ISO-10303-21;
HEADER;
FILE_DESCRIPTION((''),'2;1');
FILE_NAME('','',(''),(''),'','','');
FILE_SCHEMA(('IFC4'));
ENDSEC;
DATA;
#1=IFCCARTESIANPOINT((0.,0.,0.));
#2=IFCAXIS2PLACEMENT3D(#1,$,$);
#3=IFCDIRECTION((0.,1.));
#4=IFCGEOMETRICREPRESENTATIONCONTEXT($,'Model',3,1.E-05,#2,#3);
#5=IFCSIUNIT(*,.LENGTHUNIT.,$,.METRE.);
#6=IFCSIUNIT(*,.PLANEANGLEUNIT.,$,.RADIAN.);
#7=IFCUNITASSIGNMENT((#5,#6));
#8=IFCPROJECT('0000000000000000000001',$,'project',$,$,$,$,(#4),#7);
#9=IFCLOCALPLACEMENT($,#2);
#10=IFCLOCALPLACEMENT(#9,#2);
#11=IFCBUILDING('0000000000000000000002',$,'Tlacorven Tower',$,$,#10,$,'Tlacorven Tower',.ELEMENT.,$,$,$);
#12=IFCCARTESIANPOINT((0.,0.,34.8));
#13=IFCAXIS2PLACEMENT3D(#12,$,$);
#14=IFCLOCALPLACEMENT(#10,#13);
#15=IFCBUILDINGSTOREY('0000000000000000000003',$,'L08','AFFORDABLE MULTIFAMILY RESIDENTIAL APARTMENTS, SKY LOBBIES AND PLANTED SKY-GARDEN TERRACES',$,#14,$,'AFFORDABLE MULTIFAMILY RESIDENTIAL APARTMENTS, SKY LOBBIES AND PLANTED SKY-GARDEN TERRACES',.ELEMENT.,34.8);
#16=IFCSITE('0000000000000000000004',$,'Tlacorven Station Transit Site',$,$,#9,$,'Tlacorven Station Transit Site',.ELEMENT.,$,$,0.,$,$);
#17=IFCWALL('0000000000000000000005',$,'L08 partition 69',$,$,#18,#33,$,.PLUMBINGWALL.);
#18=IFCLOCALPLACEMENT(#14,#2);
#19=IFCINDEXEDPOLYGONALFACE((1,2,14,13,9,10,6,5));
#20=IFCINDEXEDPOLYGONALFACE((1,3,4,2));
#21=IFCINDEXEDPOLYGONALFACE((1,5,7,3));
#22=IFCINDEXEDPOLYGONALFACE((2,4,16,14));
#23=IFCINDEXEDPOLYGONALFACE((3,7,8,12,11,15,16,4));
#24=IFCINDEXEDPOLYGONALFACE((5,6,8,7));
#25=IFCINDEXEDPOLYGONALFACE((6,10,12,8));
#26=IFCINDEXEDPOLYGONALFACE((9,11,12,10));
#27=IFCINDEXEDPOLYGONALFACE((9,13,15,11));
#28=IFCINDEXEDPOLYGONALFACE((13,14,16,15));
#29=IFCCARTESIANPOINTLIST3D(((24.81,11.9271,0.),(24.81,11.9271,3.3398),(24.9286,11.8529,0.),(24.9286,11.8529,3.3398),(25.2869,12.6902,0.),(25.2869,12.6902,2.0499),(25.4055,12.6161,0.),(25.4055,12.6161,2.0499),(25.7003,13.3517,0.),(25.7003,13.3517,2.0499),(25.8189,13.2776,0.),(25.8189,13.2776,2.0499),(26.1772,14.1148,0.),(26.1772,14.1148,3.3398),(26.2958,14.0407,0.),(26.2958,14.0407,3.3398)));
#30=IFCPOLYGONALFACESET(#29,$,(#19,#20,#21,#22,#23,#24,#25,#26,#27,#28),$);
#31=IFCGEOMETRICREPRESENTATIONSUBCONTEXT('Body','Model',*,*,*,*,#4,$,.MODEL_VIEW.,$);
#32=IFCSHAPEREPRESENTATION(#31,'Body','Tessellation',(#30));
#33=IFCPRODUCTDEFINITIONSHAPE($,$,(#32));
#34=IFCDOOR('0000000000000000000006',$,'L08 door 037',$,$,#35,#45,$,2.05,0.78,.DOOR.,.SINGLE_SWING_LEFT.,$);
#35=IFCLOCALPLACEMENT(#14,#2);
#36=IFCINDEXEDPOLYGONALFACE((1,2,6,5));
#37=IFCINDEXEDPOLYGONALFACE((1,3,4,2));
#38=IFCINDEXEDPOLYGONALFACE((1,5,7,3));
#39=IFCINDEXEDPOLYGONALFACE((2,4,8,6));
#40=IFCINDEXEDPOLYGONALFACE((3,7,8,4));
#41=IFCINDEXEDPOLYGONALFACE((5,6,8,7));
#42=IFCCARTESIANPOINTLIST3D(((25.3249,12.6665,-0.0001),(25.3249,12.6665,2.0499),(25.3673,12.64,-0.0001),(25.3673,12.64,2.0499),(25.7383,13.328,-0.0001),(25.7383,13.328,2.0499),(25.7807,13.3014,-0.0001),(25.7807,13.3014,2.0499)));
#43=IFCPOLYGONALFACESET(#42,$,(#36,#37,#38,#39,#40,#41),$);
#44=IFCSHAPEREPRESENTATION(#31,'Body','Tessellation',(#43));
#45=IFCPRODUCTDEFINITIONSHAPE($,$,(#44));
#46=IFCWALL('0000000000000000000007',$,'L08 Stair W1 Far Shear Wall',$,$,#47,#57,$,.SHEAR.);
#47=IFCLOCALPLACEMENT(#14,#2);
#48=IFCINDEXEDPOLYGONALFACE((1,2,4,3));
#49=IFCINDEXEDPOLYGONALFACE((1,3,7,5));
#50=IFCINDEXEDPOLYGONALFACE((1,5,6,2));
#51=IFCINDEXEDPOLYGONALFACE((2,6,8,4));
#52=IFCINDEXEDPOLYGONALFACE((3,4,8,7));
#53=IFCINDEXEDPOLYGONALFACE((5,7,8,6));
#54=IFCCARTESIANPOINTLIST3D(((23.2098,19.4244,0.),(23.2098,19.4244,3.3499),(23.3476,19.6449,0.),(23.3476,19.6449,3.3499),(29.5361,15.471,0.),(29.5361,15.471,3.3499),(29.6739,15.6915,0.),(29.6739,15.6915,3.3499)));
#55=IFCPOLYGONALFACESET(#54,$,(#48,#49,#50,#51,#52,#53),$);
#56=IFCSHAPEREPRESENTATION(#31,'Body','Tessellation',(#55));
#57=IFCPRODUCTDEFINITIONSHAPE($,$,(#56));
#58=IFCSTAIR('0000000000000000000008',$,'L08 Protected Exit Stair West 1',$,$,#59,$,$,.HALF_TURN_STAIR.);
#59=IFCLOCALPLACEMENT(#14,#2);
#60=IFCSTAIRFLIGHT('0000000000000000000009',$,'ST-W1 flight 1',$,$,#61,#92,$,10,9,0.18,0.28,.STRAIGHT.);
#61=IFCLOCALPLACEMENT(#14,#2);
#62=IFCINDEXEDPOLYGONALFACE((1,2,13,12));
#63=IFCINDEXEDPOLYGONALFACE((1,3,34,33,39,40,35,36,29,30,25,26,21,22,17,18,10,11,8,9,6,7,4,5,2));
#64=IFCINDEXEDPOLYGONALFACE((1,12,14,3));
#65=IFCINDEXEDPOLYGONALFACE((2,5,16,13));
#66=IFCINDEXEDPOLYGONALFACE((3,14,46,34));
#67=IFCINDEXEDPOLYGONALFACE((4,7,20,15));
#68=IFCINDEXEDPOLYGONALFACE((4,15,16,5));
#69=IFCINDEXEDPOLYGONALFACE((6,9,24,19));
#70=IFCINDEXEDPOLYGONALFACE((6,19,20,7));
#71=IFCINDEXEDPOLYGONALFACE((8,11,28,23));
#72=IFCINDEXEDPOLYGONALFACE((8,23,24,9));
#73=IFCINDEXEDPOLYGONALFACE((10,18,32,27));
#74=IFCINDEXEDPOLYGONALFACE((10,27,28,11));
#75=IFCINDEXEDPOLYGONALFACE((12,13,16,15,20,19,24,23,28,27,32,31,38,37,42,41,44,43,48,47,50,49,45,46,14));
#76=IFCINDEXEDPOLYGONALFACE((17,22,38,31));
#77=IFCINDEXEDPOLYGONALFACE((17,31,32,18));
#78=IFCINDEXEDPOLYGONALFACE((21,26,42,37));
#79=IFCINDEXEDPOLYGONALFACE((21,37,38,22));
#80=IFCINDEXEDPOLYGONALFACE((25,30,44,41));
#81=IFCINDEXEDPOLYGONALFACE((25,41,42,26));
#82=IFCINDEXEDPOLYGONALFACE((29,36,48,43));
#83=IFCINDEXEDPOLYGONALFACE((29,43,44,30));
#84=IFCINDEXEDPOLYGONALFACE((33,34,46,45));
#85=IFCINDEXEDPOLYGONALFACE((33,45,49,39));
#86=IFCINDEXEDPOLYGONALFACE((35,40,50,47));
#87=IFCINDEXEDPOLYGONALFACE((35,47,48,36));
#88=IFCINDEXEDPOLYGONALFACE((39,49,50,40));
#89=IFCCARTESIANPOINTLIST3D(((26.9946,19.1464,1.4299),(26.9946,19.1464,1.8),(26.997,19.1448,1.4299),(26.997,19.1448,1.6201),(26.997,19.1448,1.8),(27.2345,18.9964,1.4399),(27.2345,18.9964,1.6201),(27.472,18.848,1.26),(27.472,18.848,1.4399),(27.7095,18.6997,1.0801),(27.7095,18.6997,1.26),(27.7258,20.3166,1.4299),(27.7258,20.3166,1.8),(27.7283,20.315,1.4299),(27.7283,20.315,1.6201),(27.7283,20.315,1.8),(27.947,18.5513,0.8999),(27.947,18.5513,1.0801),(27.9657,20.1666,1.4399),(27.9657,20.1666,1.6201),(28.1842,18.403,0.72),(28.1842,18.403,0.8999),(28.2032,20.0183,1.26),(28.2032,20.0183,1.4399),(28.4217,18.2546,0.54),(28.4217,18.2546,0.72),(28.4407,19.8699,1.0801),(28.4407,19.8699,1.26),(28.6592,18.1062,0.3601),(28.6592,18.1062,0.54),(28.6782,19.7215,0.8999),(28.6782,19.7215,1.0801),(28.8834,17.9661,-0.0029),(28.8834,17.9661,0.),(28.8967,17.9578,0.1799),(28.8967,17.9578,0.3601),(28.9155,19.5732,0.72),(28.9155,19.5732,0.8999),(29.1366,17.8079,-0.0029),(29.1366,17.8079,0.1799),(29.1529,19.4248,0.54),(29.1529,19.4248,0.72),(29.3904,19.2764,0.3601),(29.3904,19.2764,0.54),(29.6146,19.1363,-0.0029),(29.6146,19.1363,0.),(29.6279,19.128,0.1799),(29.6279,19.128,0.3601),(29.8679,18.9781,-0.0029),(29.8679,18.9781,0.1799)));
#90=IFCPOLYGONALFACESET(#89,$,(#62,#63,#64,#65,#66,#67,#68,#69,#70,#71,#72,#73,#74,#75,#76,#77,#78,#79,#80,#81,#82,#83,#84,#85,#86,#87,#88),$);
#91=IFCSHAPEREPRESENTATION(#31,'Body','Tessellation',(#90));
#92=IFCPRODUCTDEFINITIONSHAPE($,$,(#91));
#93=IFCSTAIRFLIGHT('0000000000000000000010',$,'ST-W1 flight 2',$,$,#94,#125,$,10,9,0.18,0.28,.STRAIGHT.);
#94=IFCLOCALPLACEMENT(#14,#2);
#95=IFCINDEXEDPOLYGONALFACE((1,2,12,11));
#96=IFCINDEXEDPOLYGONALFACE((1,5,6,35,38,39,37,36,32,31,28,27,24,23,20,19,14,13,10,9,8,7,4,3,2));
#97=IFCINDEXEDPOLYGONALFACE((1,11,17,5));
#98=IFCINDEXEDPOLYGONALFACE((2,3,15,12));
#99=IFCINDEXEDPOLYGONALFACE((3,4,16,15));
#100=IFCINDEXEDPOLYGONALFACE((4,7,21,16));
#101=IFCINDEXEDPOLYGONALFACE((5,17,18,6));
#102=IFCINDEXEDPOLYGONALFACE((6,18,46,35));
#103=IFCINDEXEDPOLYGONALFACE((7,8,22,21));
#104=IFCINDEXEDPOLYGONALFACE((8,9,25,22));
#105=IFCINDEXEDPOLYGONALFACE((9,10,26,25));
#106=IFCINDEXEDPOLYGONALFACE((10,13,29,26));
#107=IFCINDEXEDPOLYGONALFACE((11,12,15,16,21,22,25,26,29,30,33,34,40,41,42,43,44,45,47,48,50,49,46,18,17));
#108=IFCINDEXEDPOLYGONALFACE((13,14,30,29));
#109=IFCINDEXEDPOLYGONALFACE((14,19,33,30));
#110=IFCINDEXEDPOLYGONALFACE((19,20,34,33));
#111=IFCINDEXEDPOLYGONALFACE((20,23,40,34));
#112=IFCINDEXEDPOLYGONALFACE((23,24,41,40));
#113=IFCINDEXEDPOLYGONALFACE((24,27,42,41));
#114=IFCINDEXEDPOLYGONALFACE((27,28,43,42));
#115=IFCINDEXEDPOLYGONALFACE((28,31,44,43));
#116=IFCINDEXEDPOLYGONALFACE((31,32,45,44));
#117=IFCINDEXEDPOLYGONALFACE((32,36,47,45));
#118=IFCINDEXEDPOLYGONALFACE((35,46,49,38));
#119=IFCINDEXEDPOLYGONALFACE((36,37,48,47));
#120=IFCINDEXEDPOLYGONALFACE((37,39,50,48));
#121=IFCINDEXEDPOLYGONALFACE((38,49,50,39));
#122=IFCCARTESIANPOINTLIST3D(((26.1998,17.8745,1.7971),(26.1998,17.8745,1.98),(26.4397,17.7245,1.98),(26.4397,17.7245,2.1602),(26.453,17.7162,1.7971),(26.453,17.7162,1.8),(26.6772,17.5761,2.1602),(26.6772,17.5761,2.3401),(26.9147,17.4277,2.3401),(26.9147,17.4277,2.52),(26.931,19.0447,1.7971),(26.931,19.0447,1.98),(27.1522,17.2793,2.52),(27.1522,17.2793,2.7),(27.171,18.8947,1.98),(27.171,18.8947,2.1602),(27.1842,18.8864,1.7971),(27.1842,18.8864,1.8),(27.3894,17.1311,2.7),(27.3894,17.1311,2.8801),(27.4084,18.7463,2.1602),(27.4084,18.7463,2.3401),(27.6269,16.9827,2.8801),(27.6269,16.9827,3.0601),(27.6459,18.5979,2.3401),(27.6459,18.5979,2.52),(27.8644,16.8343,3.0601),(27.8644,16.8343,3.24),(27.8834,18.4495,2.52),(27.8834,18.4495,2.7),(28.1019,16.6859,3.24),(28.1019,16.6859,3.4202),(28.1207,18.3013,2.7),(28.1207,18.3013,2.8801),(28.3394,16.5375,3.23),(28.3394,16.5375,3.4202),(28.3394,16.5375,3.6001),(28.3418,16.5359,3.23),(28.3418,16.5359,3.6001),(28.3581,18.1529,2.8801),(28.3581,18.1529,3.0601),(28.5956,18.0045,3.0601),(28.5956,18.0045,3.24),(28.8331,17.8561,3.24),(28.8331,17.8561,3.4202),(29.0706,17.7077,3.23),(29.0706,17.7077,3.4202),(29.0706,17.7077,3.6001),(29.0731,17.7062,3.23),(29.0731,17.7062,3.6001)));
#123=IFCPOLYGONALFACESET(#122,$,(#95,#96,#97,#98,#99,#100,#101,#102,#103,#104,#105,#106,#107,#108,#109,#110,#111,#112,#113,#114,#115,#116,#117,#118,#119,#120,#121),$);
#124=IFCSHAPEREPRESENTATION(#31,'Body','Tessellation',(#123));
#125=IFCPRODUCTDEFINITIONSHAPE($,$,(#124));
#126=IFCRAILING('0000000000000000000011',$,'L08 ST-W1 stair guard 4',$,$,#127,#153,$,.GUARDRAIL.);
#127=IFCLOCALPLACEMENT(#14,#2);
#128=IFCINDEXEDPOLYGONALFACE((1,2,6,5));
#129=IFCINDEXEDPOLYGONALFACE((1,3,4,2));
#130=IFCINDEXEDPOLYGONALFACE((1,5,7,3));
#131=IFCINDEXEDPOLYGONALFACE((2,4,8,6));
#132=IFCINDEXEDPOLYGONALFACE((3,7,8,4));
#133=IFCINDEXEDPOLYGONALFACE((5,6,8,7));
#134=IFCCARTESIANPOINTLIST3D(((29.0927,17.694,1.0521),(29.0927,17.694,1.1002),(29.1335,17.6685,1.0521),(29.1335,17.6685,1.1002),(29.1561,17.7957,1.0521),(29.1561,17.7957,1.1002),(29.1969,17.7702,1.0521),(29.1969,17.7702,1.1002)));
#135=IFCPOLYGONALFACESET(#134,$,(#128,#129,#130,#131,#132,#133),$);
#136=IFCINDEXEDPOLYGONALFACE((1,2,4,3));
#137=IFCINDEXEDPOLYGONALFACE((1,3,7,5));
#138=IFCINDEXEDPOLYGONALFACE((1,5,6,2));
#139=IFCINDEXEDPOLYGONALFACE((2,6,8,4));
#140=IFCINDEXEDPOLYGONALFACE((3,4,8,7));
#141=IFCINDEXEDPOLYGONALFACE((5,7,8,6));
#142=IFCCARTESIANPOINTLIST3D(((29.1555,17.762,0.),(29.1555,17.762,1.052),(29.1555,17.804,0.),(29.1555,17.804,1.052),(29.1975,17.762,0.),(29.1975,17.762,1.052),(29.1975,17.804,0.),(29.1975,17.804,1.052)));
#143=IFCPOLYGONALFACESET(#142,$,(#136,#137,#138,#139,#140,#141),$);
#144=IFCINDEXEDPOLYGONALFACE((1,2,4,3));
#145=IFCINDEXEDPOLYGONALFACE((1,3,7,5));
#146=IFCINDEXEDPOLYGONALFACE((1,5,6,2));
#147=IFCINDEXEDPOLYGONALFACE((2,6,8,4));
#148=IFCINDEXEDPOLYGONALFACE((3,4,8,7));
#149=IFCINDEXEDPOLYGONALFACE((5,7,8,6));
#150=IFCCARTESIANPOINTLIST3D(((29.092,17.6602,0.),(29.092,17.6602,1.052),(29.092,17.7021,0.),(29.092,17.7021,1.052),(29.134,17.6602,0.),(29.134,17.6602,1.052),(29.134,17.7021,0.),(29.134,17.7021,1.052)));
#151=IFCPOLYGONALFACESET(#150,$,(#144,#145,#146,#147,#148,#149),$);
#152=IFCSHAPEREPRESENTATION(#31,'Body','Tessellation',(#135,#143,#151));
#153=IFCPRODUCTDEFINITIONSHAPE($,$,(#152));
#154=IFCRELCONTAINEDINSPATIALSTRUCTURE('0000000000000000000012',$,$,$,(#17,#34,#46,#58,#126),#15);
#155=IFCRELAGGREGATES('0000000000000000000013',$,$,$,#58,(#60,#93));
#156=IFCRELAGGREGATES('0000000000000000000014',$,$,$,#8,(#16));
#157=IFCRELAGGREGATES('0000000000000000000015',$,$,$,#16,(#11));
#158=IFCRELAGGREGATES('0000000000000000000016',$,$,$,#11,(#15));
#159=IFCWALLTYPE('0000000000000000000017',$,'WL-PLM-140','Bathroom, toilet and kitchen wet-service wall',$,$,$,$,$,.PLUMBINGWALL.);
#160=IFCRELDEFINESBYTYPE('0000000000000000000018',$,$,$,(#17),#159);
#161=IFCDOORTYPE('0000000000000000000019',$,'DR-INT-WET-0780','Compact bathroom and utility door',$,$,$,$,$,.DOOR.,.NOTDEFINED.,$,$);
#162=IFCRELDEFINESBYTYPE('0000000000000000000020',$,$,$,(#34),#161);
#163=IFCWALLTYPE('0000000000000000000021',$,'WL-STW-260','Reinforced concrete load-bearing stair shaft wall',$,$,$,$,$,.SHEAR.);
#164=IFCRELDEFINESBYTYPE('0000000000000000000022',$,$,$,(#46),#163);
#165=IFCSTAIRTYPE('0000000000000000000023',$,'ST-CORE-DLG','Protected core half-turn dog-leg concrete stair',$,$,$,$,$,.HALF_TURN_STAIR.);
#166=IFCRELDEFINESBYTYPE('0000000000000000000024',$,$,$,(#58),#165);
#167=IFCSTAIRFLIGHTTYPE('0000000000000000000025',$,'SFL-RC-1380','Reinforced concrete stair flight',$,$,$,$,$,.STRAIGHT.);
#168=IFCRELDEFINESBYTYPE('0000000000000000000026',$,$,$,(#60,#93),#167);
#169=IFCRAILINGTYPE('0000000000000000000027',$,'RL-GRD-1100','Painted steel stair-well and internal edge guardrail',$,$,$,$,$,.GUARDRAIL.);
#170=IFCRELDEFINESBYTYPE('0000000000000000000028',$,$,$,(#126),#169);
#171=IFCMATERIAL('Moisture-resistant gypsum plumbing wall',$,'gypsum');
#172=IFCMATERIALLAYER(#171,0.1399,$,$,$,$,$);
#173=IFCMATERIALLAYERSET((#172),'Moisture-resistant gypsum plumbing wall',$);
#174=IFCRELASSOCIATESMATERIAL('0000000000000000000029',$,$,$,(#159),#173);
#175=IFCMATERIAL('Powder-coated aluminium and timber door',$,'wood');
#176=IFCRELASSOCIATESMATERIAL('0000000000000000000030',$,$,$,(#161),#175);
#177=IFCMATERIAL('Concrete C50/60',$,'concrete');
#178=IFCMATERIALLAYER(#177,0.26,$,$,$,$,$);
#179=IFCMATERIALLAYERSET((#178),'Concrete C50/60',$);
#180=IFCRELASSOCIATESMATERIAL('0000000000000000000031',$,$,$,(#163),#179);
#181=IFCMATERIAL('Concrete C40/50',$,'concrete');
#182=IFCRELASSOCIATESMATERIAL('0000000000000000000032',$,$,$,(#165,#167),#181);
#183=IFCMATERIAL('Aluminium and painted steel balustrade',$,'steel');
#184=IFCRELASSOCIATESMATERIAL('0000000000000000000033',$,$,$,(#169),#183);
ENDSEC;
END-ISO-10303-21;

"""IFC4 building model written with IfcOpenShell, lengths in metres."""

from ifc_helpers import new_model, si_unit, direction, frame, frame_2d, origin, origin_2d, place, context, subcontext, project, spatial, polyline, rectangle, outline, extrude, source, transform, mapped, material, layer, layer_set, type_object, element, fill, aggregate, save


model = new_model("IFC4")

# Units and contexts
model_context = context("Model", 3, precision=1e-05, world=origin(), true_north=direction((0.0, 1.0)))
body_context = subcontext(model_context, "Body", "Model", "MODEL_VIEW")
ifc_project = project(units=[si_unit("LENGTHUNIT", "METRE"), si_unit("PLANEANGLEUNIT", "RADIAN")], contexts=[model_context])

# Site, building, storey
site_placement = place(None, origin())
site = spatial("IfcSite", under=ifc_project, at=site_placement, Name="Tlacorven Station Transit Site", LongName="Tlacorven Station Transit Site", CompositionType="ELEMENT", RefElevation=0.0)
building_placement = place(site_placement, origin())
building = spatial("IfcBuilding", under=site, at=building_placement, Name="Tlacorven Tower", LongName="Tlacorven Tower", CompositionType="ELEMENT")
storey_placement = place(building_placement, frame((0.0, 0.0, 34.8)))
storey = spatial("IfcBuildingStorey", under=building, at=storey_placement, Name="L08", Description="AFFORDABLE MULTIFAMILY RESIDENTIAL APARTMENTS, SKY LOBBIES AND PLANTED SKY-GARDEN TERRACES", LongName="AFFORDABLE MULTIFAMILY RESIDENTIAL APARTMENTS, SKY LOBBIES AND PLANTED SKY-GARDEN TERRACES", CompositionType="ELEMENT", Elevation=34.8)

# Wall, opening, door
ifc_material_1 = material(Name="Moisture-resistant gypsum plumbing wall", Category="gypsum")
ifc_layer_1 = layer(ifc_material_1, 0.1399)
ifc_layer_set_1 = layer_set([ifc_layer_1], Name="Moisture-resistant gypsum plumbing wall")
wall_type_1 = type_object("IfcWallType", Name="WL-PLM-140", Description="Bathroom, toilet and kitchen wet-service wall", PredefinedType="PLUMBINGWALL", material=ifc_layer_set_1)
wall_1_placement = place(storey_placement, frame((26.2366, 14.0779, 0.0), z_axis=(0.0, 0.0, 1.0), x_axis=(-0.529956, -0.848025, 0.0)))
wall_1 = element("IfcWall", 1, at=wall_1_placement, inside=storey, type_object=wall_type_1, Name="L08 partition 69", PredefinedType="PLUMBINGWALL", context=body_context, shape_type="SweptSolid", body=[
    extrude(rectangle(XDim=2.5798, YDim=0.1399, at=frame_2d((1.29, 0.0))), origin(), (0.0, 0.0, 1.0), 3.3398),
])
opening_placement = place(wall_1_placement, frame((0.8999, 0.0, 0.0)))
opening = element("IfcOpeningElement", 2, at=opening_placement, cuts=wall_1, PredefinedType="OPENING", context=body_context, shape_type="SweptSolid", body=[
    extrude(rectangle(XDim=0.78, YDim=2.05, at=frame_2d((0.3901, 1.0249))), frame((0.0, 0.0801, 0.0), z_axis=(0.0, -1.0, 0.0), x_axis=(1.0, 0.0, 0.0)), (0.0, 0.0, 1.0), 0.1599),
])
ifc_material_2 = material(Name="Powder-coated aluminium and timber door", Category="wood")
door_type = type_object("IfcDoorType", Name="DR-INT-WET-0780", Description="Compact bathroom and utility door", OperationType="NOTDEFINED", PredefinedType="DOOR", material=ifc_material_2)
shared_shape_1 = source(origin(), body_context, "Body", "SweptSolid", [
    extrude(rectangle(XDim=0.78, YDim=2.05, at=frame_2d((0.3901, 1.0249))), frame((0.0, 0.0249, 0.0), z_axis=(0.0, -1.0, 0.0), x_axis=(1.0, 0.0, 0.0)), (0.0, 0.0, 1.0), 0.05),
])
door_placement = place(opening_placement, origin())
door = element("IfcDoor", 3, at=door_placement, inside=storey, type_object=door_type, Name="L08 door 037", OperationType="SINGLE_SWING_LEFT", OverallHeight=2.05, OverallWidth=0.78, PredefinedType="DOOR", context=body_context, shape_type="MappedRepresentation", body=[
    mapped(shared_shape_1, transform((0.0, 0.0, 0.0), scale=1.0)),
])
fill(opening, door)

# Wall
ifc_material_3 = material(Name="Concrete C50/60", Category="concrete")
ifc_layer_2 = layer(ifc_material_3, 0.26)
ifc_layer_set_2 = layer_set([ifc_layer_2], Name="Concrete C50/60")
wall_type_2 = type_object("IfcWallType", Name="WL-STW-260", Description="Reinforced concrete load-bearing stair shaft wall", PredefinedType="SHEAR", material=ifc_layer_set_2)
wall_2_placement = place(storey_placement, frame((29.605, 15.5813, 0.0), z_axis=(0.0, 0.0, 1.0), x_axis=(-0.848037, 0.529937, 0.0)))
element("IfcWall", 4, at=wall_2_placement, inside=storey, type_object=wall_type_2, Name="L08 Stair W1 Far Shear Wall", PredefinedType="SHEAR", context=body_context, shape_type="SweptSolid", body=[
    extrude(rectangle(XDim=7.46, YDim=0.26, at=frame_2d((3.73, 0.0))), origin(), (0.0, 0.0, 1.0), 3.3499),
])

# Stair, stair flights
ifc_material_4 = material(Name="Concrete C40/50", Category="concrete")
stair_type = type_object("IfcStairType", Name="ST-CORE-DLG", Description="Protected core half-turn dog-leg concrete stair", PredefinedType="HALF_TURN_STAIR", material=ifc_material_4)
stair_placement = place(storey_placement, origin())
stair = element("IfcStair", 5, at=stair_placement, inside=storey, type_object=stair_type, Name="L08 Protected Exit Stair West 1", PredefinedType="HALF_TURN_STAIR")
stair_flight_type = type_object("IfcStairFlightType", Name="SFL-RC-1380", Description="Reinforced concrete stair flight", PredefinedType="STRAIGHT", material=ifc_material_4)
shared_shape_2 = source(origin(), body_context, "Body", "SweptSolid", [
    extrude(outline(polyline([(-0.0029, -0.0029), (-0.0029, 0.1799), (0.28, 0.1799), (0.28, 0.3601), (0.5601, 0.3601), (0.5601, 0.54), (0.8401, 0.54), (0.8401, 0.72), (1.1201, 0.72), (1.1201, 0.8999), (1.3999, 0.8999), (1.3999, 1.0801), (1.6799, 1.0801), (1.6799, 1.26), (1.96, 1.26), (1.96, 1.4399), (2.24, 1.4399), (2.24, 1.6201), (2.52, 1.6201), (2.52, 1.8), (2.5229, 1.8), (2.5229, 1.4299), (2.52, 1.4299), (0.2957, 0.0), (0.2957, -0.0029), (-0.0029, -0.0029)])), frame((0.0, 0.6899, 0.0), z_axis=(0.0, -1.0, 0.0), x_axis=(1.0, 0.0, 0.0)), (0.0, 0.0, 1.0), 1.3799),
])
stair_flight_1_placement = place(storey_placement, frame((29.4998, 18.3945, 0.0), z_axis=(0.0, 0.0, 1.0), x_axis=(-0.848048, 0.529919, 0.0)))
stair_flight_1 = element("IfcStairFlight", 6, at=stair_flight_1_placement, type_object=stair_flight_type, Name="ST-W1 flight 1", NumberOfRisers=10, NumberOfTreads=9, PredefinedType="STRAIGHT", RiserHeight=0.18, TreadLength=0.28, context=body_context, shape_type="MappedRepresentation", body=[
    mapped(shared_shape_2, transform((0.0, 0.0, 0.0), scale=1.0)),
])
stair_flight_2_placement = place(storey_placement, frame((26.5679, 18.458, 1.8), z_axis=(0.0, 0.0, 1.0), x_axis=(0.848048, -0.529919, 0.0)))
stair_flight_2 = element("IfcStairFlight", 7, at=stair_flight_2_placement, type_object=stair_flight_type, Name="ST-W1 flight 2", NumberOfRisers=10, NumberOfTreads=9, PredefinedType="STRAIGHT", RiserHeight=0.18, TreadLength=0.28, context=body_context, shape_type="MappedRepresentation", body=[
    mapped(shared_shape_2, transform((0.0, 0.0, 0.0), scale=1.0)),
])
aggregate(stair, [stair_flight_1, stair_flight_2])

# Railing
ifc_material_5 = material(Name="Aluminium and painted steel balustrade", Category="steel")
railing_type_1 = type_object("IfcRailingType", Name="RL-GRD-1100", Description="Painted steel stair-well and internal edge guardrail", PredefinedType="GUARDRAIL", material=ifc_material_5)
shared_shape_3 = source(origin(), body_context, "Body", "SweptSolid", [
    extrude(rectangle(XDim=0.0481, YDim=0.0481, at=origin_2d()), frame((0.0, 0.0, 1.0762), z_axis=(-0.529084, -0.848569, 0.0), x_axis=(0.848569, -0.529084, 0.0)), (0.0, 0.0, 1.0), 0.1199),
    extrude(rectangle(XDim=0.042, YDim=0.042, at=origin_2d()), origin(), (0.0, 0.0, 1.0), 1.052),
    extrude(rectangle(XDim=0.042, YDim=0.042, at=origin_2d()), frame((-0.0635, -0.1018, 0.0)), (0.0, 0.0, 1.0), 1.052),
])
railing_1_placement = place(storey_placement, frame((29.1765, 17.783, 0.0)))
element("IfcRailing", 8, at=railing_1_placement, inside=storey, type_object=railing_type_1, Name="L08 ST-W1 stair guard 4", PredefinedType="GUARDRAIL", context=body_context, shape_type="MappedRepresentation", body=[
    mapped(shared_shape_3, transform((0.0, 0.0, 0.0), scale=1.0)),
])

save(model, "model.ifc")
